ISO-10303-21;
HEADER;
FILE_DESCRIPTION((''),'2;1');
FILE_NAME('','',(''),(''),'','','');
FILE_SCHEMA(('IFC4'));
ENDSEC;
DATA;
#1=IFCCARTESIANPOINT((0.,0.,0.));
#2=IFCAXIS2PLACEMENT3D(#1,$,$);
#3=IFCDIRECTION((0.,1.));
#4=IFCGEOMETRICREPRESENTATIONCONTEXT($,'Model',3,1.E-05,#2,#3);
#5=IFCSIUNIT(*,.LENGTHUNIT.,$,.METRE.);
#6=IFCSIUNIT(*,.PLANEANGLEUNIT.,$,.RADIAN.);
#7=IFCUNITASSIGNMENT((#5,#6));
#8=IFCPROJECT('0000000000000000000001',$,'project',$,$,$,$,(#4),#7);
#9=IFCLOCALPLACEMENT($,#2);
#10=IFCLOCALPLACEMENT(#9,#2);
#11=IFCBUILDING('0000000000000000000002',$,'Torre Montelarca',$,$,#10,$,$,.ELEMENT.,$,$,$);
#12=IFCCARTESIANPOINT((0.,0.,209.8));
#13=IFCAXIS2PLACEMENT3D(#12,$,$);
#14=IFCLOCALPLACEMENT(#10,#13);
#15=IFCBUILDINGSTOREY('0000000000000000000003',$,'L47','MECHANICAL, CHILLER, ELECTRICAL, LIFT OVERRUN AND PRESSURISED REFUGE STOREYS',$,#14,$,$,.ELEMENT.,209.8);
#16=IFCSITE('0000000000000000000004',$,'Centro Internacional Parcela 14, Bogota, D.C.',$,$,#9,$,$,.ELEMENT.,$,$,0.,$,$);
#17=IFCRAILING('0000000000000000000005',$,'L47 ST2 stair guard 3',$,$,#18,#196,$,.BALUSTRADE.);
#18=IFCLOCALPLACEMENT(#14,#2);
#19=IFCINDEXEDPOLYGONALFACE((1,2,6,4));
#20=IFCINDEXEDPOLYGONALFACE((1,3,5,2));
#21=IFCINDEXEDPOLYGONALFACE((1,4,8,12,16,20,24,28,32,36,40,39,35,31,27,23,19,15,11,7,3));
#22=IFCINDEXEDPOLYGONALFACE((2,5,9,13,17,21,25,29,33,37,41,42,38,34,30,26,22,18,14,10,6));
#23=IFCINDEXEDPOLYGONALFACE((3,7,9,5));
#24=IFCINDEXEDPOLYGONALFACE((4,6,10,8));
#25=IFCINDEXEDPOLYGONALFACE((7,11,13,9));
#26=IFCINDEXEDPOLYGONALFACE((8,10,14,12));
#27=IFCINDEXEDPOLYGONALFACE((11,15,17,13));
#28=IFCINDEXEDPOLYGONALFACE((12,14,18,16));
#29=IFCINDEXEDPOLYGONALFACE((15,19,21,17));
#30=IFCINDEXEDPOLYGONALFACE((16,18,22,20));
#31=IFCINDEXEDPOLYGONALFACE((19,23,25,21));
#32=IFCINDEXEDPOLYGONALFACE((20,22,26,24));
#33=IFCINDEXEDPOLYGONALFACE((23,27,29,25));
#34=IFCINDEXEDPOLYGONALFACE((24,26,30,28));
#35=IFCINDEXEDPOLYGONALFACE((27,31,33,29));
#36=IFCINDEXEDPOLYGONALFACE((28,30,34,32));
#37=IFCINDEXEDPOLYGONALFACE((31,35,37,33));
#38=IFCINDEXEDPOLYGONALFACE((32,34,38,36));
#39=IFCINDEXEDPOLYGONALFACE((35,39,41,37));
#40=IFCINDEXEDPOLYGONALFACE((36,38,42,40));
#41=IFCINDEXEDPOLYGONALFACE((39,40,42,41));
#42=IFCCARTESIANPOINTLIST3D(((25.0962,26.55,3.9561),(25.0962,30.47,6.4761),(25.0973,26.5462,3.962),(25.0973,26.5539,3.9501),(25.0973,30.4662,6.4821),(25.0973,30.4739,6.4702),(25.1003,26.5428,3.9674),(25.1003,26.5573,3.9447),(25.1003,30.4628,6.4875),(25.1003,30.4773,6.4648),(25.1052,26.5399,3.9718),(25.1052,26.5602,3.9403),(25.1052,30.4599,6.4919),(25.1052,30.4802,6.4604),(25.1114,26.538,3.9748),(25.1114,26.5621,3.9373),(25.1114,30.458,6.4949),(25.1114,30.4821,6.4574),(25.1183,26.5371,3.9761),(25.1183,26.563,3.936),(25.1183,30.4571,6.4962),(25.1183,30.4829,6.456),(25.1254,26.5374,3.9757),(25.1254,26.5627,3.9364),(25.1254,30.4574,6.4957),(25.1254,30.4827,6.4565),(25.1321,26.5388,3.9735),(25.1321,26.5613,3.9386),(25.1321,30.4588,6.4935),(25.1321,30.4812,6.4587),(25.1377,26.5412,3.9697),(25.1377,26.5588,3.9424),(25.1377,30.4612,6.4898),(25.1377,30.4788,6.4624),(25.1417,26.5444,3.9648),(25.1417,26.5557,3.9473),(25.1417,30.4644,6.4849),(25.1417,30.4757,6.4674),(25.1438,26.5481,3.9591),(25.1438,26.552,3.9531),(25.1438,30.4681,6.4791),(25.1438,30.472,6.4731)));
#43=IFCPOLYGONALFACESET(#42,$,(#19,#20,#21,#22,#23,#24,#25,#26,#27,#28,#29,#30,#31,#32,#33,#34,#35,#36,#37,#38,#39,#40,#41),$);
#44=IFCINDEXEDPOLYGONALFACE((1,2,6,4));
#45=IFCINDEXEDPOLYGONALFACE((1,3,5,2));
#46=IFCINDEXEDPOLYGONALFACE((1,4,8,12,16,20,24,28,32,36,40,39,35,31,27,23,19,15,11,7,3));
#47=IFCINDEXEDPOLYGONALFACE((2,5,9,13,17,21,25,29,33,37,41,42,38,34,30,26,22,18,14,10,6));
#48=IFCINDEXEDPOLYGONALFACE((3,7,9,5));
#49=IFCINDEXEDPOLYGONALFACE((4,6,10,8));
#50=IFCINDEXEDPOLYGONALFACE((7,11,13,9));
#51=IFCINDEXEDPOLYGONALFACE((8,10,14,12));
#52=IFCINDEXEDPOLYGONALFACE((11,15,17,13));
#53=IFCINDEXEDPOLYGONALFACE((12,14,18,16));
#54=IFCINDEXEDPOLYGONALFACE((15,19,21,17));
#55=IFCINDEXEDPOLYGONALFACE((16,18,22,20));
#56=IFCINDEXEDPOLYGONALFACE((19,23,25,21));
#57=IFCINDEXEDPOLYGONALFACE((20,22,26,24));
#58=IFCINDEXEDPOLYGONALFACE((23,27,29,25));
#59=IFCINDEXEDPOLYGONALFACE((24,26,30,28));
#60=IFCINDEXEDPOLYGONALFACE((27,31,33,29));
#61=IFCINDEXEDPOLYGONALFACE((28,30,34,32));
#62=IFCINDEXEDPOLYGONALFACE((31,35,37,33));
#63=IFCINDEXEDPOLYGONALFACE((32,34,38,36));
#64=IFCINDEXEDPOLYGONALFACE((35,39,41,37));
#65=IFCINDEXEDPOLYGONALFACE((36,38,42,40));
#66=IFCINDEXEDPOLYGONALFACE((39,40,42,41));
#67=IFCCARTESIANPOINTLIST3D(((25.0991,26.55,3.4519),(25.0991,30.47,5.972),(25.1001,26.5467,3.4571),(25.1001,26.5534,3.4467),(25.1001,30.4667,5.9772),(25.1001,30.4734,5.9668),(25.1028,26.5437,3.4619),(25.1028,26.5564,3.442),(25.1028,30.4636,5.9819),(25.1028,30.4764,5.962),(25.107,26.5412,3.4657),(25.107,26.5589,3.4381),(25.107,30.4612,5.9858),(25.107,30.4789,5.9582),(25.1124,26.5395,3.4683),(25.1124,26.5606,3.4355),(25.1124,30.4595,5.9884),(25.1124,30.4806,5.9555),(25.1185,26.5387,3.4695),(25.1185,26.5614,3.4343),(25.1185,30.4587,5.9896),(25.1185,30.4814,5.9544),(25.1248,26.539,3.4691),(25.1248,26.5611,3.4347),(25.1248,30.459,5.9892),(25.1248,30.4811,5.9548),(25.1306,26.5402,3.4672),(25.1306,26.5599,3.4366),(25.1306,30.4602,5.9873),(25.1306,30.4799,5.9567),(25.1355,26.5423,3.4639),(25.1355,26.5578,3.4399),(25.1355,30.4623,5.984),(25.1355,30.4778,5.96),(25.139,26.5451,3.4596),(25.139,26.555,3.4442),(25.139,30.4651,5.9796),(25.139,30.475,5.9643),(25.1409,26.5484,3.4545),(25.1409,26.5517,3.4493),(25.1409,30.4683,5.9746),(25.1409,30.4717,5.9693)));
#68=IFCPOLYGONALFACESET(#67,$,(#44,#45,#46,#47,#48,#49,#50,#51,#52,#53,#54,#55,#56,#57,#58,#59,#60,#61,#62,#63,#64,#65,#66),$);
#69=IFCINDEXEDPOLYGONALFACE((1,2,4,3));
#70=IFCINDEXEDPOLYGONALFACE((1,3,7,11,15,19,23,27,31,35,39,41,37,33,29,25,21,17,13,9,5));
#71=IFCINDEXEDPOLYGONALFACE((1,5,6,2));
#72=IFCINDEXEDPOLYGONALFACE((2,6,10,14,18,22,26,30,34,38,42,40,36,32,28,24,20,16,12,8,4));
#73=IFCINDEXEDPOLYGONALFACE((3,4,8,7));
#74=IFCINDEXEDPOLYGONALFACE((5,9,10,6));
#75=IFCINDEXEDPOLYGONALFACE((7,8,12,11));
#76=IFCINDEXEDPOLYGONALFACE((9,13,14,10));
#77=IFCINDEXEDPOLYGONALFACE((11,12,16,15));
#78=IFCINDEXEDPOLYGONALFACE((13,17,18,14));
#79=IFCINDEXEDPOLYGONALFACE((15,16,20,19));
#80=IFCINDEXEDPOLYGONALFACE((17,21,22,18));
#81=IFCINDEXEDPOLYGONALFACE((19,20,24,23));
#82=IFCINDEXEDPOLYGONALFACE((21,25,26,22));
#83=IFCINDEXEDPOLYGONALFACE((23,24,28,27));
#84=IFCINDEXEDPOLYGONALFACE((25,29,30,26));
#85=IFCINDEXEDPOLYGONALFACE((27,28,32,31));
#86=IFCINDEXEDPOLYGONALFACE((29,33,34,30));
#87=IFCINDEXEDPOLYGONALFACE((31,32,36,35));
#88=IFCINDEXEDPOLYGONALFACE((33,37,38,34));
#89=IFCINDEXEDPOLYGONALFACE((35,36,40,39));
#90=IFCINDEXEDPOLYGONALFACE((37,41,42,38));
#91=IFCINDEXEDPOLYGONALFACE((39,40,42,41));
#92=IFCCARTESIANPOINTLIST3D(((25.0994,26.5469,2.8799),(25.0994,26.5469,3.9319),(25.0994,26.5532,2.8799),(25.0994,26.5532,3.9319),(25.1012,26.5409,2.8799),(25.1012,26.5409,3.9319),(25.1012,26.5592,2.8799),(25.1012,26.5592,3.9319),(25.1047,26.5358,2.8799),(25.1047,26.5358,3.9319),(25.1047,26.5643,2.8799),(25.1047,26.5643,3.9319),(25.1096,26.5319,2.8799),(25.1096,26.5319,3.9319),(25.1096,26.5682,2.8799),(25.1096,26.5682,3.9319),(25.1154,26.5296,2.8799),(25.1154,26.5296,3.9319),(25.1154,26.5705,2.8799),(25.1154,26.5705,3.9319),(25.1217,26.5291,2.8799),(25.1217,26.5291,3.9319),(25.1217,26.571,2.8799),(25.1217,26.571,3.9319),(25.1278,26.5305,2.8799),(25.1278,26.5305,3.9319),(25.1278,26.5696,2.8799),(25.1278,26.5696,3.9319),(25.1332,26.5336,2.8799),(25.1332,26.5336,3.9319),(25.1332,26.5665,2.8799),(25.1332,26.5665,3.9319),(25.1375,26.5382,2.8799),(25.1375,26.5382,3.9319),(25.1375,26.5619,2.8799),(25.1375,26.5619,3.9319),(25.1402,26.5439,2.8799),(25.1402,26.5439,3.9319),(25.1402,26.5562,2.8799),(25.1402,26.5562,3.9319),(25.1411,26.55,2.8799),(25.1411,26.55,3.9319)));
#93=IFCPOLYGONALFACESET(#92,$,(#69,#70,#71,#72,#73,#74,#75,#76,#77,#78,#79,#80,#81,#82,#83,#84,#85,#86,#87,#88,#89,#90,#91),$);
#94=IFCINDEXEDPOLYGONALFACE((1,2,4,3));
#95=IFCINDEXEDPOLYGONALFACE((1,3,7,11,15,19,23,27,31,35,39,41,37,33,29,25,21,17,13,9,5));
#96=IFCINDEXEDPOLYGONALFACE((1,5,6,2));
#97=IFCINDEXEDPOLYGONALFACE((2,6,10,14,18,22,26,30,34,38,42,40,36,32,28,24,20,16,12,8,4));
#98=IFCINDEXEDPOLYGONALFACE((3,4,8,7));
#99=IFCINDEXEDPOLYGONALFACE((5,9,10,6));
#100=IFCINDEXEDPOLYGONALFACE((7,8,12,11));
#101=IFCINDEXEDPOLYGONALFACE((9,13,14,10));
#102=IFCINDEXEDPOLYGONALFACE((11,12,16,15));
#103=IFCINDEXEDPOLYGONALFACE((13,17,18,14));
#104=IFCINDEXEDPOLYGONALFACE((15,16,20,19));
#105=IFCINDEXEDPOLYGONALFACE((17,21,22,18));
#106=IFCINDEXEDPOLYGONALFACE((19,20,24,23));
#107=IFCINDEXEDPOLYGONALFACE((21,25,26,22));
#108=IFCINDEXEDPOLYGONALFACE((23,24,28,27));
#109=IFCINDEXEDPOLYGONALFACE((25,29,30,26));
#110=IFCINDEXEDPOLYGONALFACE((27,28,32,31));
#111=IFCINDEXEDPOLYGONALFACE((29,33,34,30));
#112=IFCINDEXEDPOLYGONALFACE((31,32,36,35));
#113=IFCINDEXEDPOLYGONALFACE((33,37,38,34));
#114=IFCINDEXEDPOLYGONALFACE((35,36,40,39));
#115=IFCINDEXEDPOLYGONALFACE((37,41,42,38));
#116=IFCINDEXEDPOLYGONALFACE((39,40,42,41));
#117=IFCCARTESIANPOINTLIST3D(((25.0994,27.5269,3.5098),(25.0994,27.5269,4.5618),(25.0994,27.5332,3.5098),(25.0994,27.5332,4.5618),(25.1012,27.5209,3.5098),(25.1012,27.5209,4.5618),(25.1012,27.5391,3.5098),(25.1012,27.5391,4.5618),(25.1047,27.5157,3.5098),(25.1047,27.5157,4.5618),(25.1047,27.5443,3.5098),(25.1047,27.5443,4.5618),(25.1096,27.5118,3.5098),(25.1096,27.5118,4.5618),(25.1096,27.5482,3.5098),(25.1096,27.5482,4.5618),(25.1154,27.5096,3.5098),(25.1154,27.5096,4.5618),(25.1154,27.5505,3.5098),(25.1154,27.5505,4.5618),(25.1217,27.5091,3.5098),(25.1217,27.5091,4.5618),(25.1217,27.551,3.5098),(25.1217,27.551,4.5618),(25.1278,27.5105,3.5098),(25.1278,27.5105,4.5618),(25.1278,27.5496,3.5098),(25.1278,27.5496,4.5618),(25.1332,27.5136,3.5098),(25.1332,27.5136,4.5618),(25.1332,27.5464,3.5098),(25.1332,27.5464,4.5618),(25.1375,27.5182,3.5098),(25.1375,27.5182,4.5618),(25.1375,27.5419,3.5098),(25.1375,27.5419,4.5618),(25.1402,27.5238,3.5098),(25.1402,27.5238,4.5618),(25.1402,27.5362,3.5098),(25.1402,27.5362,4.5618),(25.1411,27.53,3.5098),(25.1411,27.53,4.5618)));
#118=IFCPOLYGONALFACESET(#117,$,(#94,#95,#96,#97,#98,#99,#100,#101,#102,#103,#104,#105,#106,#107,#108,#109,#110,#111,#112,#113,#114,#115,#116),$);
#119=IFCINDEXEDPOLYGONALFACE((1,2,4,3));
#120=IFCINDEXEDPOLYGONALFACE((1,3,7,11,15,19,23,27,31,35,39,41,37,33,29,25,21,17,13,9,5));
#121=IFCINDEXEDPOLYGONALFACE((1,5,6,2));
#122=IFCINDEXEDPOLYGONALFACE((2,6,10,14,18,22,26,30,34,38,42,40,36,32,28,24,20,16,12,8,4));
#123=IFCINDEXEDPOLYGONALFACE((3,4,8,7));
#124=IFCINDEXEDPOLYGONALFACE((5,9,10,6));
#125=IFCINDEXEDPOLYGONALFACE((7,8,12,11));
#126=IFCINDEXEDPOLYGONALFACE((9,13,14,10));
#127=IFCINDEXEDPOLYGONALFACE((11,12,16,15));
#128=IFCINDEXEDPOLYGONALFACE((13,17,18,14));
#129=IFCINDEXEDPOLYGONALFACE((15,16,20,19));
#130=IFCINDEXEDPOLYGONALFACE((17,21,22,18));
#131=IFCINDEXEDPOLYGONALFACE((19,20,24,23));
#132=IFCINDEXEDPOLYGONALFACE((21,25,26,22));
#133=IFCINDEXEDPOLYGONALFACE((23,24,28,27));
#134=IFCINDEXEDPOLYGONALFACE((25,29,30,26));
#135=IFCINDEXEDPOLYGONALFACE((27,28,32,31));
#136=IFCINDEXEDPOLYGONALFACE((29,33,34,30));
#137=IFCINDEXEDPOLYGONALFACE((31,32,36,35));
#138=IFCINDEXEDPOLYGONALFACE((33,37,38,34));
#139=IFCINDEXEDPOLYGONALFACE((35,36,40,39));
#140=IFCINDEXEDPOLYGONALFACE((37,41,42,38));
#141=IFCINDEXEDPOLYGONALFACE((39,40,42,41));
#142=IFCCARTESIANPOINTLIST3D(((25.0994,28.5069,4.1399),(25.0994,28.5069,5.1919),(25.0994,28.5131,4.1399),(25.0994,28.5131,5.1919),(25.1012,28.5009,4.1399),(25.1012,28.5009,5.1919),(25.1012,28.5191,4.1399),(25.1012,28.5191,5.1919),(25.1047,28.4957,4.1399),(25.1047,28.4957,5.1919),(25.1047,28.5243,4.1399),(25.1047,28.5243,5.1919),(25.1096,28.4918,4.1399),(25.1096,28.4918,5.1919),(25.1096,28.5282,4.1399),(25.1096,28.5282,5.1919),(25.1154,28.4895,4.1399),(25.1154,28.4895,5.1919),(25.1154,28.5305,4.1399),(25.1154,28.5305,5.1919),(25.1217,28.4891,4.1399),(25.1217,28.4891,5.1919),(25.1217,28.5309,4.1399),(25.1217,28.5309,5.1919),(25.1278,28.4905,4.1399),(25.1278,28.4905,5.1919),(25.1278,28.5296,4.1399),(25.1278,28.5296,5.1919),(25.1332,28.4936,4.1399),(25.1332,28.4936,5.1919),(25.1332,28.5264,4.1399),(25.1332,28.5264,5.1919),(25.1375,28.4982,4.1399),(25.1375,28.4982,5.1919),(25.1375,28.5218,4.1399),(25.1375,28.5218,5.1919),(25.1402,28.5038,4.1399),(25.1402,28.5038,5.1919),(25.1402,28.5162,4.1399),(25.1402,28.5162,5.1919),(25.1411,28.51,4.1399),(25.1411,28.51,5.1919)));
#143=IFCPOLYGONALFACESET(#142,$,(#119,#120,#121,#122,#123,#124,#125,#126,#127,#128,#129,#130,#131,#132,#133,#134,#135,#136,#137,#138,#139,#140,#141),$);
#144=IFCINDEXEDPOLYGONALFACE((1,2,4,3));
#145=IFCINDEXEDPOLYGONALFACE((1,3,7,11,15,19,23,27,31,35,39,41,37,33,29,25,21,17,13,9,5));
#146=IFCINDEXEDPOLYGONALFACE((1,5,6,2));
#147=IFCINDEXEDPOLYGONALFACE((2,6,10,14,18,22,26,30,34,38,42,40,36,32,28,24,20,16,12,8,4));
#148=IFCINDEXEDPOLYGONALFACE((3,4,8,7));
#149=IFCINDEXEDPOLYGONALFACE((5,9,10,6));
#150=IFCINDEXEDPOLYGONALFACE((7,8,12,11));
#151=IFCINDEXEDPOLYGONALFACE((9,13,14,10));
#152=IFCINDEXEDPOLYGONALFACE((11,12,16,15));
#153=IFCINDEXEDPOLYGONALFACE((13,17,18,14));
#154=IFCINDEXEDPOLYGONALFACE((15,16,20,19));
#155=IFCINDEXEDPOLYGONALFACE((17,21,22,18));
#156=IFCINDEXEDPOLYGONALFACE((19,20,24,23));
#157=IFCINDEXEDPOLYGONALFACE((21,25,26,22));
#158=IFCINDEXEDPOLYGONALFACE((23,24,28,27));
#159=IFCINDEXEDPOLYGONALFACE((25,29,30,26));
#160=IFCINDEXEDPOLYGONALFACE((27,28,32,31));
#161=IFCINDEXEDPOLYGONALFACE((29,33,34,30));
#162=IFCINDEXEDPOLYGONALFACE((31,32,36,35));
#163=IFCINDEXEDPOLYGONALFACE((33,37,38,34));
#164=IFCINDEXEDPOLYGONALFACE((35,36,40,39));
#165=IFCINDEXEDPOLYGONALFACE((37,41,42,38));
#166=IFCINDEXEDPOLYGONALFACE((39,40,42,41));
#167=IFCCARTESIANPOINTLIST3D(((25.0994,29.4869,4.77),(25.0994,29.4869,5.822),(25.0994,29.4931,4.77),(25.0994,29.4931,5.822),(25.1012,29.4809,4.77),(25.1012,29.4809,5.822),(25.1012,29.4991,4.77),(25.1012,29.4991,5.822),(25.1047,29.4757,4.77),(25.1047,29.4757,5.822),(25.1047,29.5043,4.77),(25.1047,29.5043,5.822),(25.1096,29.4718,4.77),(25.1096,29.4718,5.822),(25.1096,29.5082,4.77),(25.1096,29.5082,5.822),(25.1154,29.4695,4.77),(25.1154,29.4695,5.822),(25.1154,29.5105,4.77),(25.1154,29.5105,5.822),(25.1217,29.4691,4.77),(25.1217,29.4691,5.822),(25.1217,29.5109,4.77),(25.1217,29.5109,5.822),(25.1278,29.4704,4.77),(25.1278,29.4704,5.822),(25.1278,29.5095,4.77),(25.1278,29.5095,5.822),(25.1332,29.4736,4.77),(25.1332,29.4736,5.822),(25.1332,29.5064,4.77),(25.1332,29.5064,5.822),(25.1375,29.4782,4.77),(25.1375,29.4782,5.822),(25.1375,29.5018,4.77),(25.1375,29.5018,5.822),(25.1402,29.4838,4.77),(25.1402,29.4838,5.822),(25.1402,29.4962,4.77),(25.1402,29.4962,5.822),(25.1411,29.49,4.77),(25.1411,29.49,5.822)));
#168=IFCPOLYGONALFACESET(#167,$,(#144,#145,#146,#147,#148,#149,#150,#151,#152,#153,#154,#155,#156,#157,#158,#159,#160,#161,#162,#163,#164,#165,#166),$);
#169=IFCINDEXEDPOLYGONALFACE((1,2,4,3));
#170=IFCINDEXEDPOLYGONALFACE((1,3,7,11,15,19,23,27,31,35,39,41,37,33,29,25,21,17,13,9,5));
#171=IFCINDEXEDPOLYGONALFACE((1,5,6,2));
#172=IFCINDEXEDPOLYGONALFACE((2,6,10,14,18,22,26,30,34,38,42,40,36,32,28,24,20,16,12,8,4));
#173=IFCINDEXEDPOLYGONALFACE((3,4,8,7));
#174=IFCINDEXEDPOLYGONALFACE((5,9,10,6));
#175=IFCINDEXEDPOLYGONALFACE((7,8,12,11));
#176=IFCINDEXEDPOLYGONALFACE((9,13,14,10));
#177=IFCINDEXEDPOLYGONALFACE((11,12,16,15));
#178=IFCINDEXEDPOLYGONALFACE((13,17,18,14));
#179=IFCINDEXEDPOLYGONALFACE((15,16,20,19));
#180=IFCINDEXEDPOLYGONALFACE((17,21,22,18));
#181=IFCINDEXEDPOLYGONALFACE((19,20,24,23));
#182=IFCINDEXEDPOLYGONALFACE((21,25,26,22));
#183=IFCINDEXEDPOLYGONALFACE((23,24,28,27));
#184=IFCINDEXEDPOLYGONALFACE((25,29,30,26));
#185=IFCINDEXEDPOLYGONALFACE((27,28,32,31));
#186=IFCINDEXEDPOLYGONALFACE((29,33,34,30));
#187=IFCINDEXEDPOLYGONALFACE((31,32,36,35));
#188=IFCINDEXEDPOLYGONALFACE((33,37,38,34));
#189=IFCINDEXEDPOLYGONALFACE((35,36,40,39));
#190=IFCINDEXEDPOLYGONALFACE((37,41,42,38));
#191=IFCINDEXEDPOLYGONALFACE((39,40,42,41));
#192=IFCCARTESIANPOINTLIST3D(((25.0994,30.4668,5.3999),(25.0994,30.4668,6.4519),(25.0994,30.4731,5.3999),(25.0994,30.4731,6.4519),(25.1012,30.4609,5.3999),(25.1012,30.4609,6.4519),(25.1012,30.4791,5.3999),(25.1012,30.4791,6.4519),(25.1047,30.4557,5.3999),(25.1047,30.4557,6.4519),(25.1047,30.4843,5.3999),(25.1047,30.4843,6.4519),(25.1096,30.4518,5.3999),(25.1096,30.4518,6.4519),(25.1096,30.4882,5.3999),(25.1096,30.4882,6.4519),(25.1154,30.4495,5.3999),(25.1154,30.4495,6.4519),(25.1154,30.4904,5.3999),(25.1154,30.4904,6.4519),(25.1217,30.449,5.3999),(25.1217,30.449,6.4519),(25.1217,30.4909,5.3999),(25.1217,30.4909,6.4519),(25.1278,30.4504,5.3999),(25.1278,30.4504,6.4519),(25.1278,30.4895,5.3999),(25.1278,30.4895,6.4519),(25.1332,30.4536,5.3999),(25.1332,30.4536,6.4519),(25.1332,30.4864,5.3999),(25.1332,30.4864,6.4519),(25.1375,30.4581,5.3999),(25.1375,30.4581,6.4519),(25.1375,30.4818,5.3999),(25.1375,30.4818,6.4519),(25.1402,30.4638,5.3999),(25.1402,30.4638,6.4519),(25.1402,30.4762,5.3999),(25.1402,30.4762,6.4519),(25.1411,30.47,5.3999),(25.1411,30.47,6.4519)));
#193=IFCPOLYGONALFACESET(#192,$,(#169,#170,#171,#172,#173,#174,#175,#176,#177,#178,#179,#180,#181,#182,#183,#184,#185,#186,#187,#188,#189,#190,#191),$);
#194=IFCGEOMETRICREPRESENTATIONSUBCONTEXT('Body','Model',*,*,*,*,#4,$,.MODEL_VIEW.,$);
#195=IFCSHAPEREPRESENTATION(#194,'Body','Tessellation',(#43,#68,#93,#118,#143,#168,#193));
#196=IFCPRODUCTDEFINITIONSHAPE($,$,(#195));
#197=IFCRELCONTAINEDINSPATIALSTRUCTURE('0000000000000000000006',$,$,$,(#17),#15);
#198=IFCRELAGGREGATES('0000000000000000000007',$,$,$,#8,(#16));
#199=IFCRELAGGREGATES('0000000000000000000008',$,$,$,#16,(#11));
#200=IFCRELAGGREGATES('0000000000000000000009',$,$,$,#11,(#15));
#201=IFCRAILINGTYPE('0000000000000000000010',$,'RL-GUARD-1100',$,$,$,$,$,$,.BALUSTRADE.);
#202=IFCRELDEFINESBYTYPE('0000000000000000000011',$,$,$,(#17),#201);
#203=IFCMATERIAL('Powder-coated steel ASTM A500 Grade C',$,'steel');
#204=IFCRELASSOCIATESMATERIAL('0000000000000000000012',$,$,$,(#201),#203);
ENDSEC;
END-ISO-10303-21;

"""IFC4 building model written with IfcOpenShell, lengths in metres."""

from ifc_helpers import new_model, si_unit, direction, frame, origin, origin_2d, place, context, subcontext, project, spatial, circle, extrude, material, type_object, element, save


model = new_model("IFC4")

# Units and contexts
model_context = context("Model", 3, precision=1e-05, world=origin(), true_north=direction((0.0, 1.0)))
body_context = subcontext(model_context, "Body", "Model", "MODEL_VIEW")
ifc_project = project(units=[si_unit("LENGTHUNIT", "METRE"), si_unit("PLANEANGLEUNIT", "RADIAN")], contexts=[model_context])

# Site, building, storey
site_placement = place(None, origin())
site = spatial("IfcSite", under=ifc_project, at=site_placement, Name="Centro Internacional Parcela 14, Bogota, D.C.", CompositionType="ELEMENT", RefElevation=0.0)
building_placement = place(site_placement, origin())
building = spatial("IfcBuilding", under=site, at=building_placement, Name="Torre Montelarca", CompositionType="ELEMENT")
storey_placement = place(building_placement, frame((0.0, 0.0, 209.8)))
storey = spatial("IfcBuildingStorey", under=building, at=storey_placement, Name="L47", Description="MECHANICAL, CHILLER, ELECTRICAL, LIFT OVERRUN AND PRESSURISED REFUGE STOREYS", CompositionType="ELEMENT", Elevation=209.8)

# Railing
ifc_material_1 = material(Name="Powder-coated steel ASTM A500 Grade C", Category="steel")
railing_type_1 = type_object("IfcRailingType", Name="RL-GUARD-1100", PredefinedType="BALUSTRADE", material=ifc_material_1)
railing_1_placement = place(storey_placement, frame((25.1201, 26.55, 2.8799)))
element("IfcRailing", 1, at=railing_1_placement, inside=storey, type_object=railing_type_1, Name="L47 ST2 stair guard 3", PredefinedType="BALUSTRADE", context=body_context, shape_type="SweptSolid", body=[
    extrude(circle(Radius=0.0239, at=origin_2d()), frame((0.0, 0.0, 1.0762), z_axis=(0.0, 0.841172, 0.540768), x_axis=(-1.0, 0.0, 0.0)), (0.0, 0.0, 1.0), 4.6602),
    extrude(circle(Radius=0.021, at=origin_2d()), frame((0.0, 0.0, 0.572), z_axis=(0.0, 0.841172, 0.540768), x_axis=(-1.0, 0.0, 0.0)), (0.0, 0.0, 1.0), 4.6602),
    extrude(circle(Radius=0.021, at=origin_2d()), origin(), (0.0, 0.0, 1.0), 1.052),
    extrude(circle(Radius=0.021, at=origin_2d()), frame((0.0, 0.98, 0.6299)), (0.0, 0.0, 1.0), 1.052),
    extrude(circle(Radius=0.021, at=origin_2d()), frame((0.0, 1.96, 1.26)), (0.0, 0.0, 1.0), 1.052),
    extrude(circle(Radius=0.021, at=origin_2d()), frame((0.0, 2.9399, 1.8901)), (0.0, 0.0, 1.0), 1.052),
    extrude(circle(Radius=0.021, at=origin_2d()), frame((0.0, 3.9199, 2.52)), (0.0, 0.0, 1.0), 1.052),
])

save(model, "model.ifc")
